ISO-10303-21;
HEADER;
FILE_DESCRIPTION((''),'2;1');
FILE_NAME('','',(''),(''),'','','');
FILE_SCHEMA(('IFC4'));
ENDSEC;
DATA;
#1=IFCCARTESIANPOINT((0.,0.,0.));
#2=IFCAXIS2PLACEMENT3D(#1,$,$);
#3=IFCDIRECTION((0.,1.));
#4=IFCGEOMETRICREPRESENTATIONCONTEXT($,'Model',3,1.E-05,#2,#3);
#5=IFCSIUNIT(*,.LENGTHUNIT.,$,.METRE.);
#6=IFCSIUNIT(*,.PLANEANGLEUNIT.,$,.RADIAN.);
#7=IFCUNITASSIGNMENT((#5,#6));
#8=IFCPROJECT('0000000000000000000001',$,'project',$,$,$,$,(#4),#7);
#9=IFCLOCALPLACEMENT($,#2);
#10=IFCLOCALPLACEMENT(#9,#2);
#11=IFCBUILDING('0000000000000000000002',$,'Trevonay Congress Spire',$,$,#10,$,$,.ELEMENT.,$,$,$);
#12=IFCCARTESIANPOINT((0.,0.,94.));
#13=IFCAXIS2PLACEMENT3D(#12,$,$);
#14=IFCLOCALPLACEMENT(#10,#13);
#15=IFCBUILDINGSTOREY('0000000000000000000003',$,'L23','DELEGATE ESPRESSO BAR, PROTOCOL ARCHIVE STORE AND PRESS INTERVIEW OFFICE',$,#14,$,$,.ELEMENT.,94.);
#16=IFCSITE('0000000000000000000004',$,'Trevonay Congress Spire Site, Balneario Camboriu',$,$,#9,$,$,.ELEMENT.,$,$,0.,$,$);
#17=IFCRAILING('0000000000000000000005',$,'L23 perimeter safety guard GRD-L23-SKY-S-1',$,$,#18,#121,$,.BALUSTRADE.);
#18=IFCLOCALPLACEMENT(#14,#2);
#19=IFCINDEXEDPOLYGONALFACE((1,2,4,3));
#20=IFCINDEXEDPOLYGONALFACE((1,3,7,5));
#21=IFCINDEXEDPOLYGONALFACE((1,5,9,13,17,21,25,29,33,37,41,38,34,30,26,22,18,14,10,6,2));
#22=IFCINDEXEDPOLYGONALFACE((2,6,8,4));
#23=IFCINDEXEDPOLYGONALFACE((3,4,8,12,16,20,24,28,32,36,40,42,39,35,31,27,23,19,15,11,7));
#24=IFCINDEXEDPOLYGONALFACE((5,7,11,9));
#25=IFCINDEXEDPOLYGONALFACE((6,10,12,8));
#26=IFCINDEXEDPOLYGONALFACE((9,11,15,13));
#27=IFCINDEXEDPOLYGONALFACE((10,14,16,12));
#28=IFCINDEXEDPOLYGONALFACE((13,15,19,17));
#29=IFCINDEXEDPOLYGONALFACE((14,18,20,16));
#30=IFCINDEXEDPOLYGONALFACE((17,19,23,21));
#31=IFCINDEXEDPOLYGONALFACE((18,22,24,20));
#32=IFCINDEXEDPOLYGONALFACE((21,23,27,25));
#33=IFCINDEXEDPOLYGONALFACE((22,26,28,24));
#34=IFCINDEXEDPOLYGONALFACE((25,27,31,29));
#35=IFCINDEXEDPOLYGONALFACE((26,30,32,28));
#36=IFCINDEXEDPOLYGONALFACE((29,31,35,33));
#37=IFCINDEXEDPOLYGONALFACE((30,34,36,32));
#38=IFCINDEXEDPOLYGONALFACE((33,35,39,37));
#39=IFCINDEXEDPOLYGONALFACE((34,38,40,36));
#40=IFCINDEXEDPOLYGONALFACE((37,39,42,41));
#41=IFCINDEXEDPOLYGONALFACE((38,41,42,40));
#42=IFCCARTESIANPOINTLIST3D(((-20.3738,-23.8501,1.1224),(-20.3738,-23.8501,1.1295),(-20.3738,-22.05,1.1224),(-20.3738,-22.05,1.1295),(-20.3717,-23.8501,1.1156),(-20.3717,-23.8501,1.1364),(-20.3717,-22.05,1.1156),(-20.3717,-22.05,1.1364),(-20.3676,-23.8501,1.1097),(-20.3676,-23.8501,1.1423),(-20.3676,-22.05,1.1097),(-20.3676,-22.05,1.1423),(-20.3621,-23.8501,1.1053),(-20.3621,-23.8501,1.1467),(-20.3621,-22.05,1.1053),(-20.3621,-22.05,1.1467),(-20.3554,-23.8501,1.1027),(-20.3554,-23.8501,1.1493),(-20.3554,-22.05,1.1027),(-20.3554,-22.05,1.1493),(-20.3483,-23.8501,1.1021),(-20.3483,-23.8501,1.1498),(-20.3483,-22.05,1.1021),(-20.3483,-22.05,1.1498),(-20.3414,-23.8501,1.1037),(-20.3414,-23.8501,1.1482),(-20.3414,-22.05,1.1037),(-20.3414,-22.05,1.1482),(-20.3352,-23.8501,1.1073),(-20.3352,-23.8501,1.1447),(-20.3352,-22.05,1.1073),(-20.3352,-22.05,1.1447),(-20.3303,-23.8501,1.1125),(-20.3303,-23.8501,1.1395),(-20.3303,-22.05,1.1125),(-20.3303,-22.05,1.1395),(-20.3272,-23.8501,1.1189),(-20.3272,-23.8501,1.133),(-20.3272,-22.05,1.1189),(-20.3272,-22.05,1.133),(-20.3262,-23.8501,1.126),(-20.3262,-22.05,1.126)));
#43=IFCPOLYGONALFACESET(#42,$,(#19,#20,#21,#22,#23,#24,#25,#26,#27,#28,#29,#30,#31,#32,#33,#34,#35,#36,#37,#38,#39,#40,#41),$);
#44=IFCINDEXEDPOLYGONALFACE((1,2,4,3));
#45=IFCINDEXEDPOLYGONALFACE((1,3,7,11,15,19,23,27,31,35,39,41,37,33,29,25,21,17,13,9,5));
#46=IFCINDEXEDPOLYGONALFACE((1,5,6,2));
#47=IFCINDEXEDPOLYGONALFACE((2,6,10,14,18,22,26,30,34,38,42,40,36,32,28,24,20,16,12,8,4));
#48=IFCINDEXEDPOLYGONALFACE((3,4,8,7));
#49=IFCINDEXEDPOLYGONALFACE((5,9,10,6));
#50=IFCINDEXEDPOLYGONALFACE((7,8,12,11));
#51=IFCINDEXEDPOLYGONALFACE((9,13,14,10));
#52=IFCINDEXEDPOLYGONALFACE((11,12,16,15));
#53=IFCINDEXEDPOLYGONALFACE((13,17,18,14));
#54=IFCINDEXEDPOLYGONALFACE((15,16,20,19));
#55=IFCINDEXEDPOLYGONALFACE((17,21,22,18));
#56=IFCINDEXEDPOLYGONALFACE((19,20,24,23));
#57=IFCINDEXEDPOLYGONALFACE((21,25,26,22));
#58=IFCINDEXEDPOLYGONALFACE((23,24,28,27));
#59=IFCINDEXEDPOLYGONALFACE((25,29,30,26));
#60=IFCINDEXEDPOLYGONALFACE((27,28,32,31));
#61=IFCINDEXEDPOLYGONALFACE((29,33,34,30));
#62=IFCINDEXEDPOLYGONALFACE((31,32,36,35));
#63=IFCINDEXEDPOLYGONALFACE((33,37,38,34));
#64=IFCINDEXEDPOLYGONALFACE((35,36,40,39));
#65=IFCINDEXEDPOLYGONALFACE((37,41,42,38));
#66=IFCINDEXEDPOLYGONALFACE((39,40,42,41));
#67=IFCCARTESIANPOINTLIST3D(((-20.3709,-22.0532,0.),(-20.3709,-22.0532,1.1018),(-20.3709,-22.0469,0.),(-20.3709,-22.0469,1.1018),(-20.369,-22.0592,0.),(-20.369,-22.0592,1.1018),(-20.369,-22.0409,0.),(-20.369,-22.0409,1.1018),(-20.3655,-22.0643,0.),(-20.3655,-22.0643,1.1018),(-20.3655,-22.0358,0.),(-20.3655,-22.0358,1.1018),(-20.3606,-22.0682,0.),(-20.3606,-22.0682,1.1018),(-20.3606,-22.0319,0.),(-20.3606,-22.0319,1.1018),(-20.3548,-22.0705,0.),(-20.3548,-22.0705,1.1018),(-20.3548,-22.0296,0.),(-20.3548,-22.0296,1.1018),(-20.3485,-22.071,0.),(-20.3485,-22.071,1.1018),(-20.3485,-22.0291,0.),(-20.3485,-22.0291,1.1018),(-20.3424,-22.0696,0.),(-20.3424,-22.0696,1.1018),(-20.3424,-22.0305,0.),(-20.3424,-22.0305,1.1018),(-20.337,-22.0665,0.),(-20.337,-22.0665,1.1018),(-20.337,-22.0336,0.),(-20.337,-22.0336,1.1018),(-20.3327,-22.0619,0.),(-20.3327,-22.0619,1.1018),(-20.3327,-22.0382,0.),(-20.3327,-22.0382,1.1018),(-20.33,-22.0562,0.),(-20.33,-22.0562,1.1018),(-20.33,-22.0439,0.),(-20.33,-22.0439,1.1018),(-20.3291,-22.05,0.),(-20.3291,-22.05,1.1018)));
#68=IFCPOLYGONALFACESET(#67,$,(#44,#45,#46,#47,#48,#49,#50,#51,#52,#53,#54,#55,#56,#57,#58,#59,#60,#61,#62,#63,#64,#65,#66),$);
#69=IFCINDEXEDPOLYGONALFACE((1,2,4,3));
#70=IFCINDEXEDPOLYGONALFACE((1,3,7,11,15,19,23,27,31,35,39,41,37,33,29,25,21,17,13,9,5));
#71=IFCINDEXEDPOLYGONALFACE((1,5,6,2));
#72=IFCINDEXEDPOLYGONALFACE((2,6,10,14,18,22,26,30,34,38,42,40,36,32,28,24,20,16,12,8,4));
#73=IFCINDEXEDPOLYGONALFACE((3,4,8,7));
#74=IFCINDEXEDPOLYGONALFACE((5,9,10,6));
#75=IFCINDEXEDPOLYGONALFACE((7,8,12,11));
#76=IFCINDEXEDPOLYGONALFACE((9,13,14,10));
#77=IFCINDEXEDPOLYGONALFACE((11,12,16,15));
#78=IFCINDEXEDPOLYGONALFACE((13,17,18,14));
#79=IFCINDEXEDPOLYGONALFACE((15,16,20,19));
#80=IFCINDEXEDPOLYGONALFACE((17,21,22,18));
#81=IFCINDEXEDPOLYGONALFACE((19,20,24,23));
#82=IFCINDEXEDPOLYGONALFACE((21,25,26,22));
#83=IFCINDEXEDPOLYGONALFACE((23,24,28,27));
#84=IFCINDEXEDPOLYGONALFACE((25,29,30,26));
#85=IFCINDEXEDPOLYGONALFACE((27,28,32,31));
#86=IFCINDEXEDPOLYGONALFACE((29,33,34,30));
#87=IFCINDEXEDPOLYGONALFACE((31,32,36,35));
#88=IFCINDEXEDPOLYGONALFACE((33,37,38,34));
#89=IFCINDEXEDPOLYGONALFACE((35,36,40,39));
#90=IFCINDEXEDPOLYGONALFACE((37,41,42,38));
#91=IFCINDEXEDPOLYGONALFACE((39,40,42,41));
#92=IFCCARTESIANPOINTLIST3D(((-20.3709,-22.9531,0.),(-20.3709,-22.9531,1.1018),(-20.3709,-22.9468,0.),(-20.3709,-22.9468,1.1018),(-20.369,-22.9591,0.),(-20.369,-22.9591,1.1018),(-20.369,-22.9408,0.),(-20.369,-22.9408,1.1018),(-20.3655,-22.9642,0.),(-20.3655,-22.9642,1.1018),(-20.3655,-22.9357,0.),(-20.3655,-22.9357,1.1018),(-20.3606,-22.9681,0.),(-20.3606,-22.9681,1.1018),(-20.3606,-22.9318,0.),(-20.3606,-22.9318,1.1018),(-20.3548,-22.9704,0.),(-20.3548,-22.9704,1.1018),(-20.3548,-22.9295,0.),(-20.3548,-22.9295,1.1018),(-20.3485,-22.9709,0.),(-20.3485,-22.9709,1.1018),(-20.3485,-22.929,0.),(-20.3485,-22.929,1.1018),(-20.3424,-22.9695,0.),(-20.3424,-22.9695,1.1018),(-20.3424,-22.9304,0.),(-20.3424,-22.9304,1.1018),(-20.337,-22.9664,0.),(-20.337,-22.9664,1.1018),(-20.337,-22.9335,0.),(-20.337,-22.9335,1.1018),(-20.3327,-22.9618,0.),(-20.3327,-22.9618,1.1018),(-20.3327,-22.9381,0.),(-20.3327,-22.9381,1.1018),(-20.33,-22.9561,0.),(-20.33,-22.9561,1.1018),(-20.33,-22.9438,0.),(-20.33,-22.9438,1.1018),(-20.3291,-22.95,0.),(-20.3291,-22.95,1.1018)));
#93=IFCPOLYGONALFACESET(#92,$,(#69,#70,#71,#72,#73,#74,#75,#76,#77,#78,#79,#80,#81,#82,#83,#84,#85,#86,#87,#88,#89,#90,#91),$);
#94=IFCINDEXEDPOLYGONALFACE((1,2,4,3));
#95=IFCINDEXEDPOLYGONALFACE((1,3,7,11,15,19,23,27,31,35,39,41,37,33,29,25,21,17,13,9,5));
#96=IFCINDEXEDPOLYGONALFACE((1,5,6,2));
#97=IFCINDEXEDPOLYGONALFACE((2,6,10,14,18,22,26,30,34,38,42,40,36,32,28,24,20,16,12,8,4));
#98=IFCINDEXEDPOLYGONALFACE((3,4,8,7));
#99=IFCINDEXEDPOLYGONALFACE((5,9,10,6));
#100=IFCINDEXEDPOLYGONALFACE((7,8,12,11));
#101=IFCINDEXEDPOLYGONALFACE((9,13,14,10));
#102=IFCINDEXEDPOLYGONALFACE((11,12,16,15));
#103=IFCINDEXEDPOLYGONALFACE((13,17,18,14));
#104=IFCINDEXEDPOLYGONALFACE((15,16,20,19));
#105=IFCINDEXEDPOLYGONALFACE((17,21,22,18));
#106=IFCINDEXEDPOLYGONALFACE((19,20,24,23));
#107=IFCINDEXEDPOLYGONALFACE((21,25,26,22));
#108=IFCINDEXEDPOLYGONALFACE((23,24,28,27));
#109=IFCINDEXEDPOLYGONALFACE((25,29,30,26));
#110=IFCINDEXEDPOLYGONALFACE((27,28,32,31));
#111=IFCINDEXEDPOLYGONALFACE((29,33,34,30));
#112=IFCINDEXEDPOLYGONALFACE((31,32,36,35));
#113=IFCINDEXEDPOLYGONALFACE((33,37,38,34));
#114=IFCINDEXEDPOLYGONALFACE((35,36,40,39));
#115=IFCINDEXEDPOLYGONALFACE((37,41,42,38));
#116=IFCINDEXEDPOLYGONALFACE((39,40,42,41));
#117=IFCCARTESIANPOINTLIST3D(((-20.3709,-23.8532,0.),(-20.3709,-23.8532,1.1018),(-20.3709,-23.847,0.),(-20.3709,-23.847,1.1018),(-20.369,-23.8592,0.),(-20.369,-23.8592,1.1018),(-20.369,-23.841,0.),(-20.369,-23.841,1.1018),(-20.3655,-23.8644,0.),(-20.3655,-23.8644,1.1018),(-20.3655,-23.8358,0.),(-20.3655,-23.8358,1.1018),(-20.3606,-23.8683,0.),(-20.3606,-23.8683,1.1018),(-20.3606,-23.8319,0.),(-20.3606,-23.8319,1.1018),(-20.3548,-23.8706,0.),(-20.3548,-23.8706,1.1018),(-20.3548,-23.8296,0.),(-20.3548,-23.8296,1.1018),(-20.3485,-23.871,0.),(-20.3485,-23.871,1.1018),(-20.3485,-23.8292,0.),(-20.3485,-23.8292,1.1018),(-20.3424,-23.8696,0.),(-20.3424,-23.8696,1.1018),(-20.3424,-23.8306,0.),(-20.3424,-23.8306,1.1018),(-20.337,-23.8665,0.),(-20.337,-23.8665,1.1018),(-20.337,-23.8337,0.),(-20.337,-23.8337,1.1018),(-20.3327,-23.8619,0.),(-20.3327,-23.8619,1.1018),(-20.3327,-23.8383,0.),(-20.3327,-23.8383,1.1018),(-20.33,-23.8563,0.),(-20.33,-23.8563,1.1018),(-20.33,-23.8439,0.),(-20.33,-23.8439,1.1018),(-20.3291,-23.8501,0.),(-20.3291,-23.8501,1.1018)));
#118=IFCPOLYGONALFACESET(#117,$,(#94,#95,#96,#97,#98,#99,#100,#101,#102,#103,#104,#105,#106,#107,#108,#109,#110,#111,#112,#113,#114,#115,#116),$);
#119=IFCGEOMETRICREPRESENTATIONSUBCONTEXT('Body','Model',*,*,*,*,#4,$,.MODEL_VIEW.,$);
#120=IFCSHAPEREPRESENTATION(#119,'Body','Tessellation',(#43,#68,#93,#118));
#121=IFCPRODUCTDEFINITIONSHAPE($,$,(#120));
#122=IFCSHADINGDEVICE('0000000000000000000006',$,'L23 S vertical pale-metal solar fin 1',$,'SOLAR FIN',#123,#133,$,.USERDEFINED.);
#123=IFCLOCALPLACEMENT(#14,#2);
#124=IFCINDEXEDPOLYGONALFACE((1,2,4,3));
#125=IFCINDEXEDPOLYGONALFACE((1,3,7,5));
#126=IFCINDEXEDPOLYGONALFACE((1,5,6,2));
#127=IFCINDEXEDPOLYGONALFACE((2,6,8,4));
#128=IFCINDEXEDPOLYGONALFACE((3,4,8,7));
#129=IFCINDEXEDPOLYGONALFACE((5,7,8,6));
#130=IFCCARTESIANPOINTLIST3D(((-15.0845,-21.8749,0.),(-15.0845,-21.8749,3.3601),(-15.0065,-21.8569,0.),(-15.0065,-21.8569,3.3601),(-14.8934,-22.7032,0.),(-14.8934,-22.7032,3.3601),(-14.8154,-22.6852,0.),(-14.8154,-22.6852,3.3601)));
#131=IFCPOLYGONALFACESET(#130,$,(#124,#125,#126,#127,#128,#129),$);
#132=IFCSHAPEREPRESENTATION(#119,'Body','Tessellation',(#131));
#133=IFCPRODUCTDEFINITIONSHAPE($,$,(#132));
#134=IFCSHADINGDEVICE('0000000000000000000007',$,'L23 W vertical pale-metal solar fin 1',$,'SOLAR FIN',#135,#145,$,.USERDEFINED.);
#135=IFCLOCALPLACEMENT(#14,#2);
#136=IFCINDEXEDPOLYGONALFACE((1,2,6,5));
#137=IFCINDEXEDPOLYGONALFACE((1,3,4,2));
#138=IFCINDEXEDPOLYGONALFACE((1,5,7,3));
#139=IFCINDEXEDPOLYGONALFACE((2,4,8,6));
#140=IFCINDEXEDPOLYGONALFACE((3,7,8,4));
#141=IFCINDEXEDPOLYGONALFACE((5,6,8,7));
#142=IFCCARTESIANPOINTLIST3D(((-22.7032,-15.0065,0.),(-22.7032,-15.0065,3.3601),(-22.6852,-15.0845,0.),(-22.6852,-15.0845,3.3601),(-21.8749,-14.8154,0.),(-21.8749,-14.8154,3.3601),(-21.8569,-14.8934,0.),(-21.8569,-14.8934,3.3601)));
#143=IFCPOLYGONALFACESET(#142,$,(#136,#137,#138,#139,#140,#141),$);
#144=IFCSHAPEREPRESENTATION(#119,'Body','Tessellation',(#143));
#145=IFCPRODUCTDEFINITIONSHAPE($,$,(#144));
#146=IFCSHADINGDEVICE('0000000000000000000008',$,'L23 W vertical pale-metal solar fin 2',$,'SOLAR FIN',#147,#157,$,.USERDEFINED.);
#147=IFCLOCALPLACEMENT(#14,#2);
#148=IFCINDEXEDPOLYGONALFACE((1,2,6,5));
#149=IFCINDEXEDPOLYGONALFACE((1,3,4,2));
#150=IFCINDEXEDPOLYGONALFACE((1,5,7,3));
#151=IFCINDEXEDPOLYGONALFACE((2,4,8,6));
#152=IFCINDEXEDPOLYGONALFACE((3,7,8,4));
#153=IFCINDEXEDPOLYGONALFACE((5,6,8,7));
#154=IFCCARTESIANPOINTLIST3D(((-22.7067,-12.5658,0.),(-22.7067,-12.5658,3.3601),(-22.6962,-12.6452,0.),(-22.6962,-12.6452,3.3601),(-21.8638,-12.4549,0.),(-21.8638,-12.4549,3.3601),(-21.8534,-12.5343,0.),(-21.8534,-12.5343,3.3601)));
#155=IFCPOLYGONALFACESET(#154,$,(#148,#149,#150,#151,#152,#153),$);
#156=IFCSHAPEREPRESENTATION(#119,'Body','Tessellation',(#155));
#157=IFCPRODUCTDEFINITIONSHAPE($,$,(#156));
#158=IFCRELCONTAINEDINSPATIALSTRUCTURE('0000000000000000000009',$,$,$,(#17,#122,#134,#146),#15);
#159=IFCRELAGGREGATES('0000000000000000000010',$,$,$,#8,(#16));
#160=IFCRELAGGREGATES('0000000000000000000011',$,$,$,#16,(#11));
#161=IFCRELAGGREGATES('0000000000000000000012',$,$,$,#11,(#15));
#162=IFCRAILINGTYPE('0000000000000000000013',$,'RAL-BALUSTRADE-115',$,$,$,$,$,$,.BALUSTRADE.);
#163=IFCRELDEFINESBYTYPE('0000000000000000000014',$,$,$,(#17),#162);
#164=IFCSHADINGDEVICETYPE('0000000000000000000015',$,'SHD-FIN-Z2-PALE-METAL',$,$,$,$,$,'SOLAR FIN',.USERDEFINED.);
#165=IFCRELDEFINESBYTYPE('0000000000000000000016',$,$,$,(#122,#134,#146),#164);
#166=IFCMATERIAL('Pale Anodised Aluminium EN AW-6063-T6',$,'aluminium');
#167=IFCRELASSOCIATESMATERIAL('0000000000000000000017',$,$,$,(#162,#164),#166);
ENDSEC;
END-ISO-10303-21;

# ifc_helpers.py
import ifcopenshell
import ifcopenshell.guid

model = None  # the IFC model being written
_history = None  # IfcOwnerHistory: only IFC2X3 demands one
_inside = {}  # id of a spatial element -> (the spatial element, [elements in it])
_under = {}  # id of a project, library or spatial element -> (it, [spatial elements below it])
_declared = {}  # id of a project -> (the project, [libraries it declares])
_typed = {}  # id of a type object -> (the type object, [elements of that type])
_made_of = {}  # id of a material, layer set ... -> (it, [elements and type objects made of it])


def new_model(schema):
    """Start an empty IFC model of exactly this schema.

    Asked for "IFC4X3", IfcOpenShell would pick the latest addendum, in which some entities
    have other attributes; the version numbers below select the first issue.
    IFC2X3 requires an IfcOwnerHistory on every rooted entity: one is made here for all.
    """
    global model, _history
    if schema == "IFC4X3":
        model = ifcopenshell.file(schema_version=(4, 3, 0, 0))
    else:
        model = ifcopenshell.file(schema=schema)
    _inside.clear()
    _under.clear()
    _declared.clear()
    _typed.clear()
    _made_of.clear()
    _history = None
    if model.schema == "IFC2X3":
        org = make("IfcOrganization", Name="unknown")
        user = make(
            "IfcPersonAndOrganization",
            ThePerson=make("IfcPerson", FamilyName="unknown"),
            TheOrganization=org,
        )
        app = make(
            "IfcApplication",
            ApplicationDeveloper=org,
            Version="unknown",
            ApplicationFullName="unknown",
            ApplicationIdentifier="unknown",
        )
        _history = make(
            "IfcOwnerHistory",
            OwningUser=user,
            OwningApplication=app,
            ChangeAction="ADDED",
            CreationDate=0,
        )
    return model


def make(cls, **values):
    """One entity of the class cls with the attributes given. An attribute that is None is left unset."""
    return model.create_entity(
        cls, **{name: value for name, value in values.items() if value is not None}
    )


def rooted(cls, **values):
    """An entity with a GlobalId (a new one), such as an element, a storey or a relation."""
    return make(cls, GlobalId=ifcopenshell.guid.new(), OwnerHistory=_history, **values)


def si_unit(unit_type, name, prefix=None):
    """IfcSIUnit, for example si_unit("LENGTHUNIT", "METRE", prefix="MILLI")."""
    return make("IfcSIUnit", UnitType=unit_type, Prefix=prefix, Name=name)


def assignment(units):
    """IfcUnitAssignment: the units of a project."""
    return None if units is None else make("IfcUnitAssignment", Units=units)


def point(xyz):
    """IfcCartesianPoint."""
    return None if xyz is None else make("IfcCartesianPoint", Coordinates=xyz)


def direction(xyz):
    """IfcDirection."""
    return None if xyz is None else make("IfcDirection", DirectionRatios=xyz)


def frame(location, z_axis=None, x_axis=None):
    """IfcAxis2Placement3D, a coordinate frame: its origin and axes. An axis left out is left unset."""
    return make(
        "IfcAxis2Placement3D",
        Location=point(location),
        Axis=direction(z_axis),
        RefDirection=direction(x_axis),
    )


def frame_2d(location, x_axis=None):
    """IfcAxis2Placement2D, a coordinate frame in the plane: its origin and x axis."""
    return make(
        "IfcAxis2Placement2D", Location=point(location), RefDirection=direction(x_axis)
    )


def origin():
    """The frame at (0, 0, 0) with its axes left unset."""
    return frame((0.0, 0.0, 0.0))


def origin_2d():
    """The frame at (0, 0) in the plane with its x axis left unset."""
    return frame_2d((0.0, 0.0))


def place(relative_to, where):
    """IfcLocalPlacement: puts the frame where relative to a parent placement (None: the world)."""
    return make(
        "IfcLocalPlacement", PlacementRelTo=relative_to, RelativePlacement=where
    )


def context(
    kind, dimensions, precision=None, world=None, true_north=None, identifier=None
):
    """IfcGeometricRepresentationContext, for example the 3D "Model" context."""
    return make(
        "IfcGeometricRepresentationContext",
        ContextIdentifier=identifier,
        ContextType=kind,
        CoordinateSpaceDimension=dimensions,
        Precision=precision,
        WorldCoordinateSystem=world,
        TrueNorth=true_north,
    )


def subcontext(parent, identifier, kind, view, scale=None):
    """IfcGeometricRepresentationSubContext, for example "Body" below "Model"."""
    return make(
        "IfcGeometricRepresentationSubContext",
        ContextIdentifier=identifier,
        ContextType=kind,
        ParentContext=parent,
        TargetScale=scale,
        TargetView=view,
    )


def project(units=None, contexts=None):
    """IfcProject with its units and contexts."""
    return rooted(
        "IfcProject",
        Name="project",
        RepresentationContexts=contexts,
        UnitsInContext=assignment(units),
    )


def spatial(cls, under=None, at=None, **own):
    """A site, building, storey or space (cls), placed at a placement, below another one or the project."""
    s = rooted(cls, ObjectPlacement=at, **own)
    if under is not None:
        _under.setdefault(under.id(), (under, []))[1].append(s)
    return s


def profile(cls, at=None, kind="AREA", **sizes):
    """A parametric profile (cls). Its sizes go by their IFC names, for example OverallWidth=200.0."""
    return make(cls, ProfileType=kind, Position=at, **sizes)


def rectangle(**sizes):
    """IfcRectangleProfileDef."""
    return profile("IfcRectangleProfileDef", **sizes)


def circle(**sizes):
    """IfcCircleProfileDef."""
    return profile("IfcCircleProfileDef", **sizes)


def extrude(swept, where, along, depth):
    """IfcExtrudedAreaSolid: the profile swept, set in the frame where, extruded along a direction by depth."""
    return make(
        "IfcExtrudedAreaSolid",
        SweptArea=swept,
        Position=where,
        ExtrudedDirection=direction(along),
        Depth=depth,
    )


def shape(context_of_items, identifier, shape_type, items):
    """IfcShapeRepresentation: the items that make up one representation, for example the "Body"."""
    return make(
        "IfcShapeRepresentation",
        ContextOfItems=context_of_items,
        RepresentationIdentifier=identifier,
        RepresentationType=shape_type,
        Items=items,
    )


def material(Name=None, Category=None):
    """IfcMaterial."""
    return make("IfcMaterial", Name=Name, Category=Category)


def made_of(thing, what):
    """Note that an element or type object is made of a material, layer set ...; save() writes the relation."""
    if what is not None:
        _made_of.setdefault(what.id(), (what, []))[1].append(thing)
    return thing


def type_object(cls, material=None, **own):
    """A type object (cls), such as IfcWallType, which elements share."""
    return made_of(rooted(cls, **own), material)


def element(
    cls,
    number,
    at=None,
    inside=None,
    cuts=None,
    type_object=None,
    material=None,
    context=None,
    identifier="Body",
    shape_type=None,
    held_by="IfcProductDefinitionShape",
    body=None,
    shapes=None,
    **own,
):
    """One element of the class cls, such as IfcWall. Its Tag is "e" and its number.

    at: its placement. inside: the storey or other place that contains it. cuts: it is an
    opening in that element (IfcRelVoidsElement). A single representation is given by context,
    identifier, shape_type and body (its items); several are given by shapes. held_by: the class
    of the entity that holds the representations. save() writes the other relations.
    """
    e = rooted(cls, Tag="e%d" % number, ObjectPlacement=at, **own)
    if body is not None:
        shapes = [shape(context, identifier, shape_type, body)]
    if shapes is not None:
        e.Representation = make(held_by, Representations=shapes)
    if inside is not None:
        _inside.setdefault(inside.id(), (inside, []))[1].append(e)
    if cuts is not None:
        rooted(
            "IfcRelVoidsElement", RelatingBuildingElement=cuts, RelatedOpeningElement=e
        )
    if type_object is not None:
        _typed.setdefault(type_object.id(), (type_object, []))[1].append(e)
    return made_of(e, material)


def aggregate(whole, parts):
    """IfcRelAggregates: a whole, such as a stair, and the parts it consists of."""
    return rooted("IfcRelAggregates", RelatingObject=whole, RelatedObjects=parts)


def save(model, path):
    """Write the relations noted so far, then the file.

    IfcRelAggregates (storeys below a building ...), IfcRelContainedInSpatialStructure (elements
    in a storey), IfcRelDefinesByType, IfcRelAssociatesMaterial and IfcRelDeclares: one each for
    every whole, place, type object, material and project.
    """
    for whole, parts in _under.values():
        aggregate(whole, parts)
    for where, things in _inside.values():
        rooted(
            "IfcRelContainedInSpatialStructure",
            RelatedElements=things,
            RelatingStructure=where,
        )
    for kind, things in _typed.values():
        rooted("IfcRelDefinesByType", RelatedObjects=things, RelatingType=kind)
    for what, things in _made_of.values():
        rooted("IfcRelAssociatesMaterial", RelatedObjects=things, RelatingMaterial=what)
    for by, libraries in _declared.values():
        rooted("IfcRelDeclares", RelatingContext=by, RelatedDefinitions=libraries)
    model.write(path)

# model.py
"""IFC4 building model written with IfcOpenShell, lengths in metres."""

from ifc_helpers import new_model, si_unit, direction, frame, origin, origin_2d, place, context, subcontext, project, spatial, rectangle, circle, extrude, material, type_object, element, save


model = new_model("IFC4")

# Units and contexts
model_context = context("Model", 3, precision=1e-05, world=origin(), true_north=direction((0.0, 1.0)))
body_context = subcontext(model_context, "Body", "Model", "MODEL_VIEW")
ifc_project = project(units=[si_unit("LENGTHUNIT", "METRE"), si_unit("PLANEANGLEUNIT", "RADIAN")], contexts=[model_context])

# Site, building, storey
site_placement = place(None, origin())
site = spatial("IfcSite", under=ifc_project, at=site_placement, Name="Trevonay Congress Spire Site, Balneario Camboriu", CompositionType="ELEMENT", RefElevation=0.0)
building_placement = place(site_placement, origin())
building = spatial("IfcBuilding", under=site, at=building_placement, Name="Trevonay Congress Spire", CompositionType="ELEMENT")
storey_placement = place(building_placement, frame((0.0, 0.0, 94.0)))
storey = spatial("IfcBuildingStorey", under=building, at=storey_placement, Name="L23", Description="DELEGATE ESPRESSO BAR, PROTOCOL ARCHIVE STORE AND PRESS INTERVIEW OFFICE", CompositionType="ELEMENT", Elevation=94.0)

# Shared definitions
ifc_material_1 = material(Name="Pale Anodised Aluminium EN AW-6063-T6", Category="aluminium")

# Railing
railing_type = type_object("IfcRailingType", Name="RAL-BALUSTRADE-115", PredefinedType="BALUSTRADE", material=ifc_material_1)
railing_1_placement = place(storey_placement, frame((-20.3501, -22.05, 0.0)))
element("IfcRailing", 1, at=railing_1_placement, inside=storey, type_object=railing_type, Name="L23 perimeter safety guard GRD-L23-SKY-S-1", PredefinedType="BALUSTRADE", context=body_context, shape_type="SweptSolid", body=[
    extrude(circle(Radius=0.0239, at=origin_2d()), frame((0.0, 0.0, 1.126), z_axis=(0.0, -1.0, 0.0), x_axis=(1.0, 0.0, 0.0)), (0.0, 0.0, 1.0), 1.8),
    extrude(circle(Radius=0.021, at=origin_2d()), origin(), (0.0, 0.0, 1.0), 1.1018),
    extrude(circle(Radius=0.021, at=origin_2d()), frame((0.0, -0.8999, 0.0)), (0.0, 0.0, 1.0), 1.1018),
    extrude(circle(Radius=0.021, at=origin_2d()), frame((0.0, -1.8, 0.0)), (0.0, 0.0, 1.0), 1.1018),
])

# Shading devices
shading_device_type = type_object("IfcShadingDeviceType", Name="SHD-FIN-Z2-PALE-METAL", ElementType="SOLAR FIN", PredefinedType="USERDEFINED", material=ifc_material_1)
for number, where, z_axis, x_axis, name in (
    (2, (-14.95, -22.28, 0.0), (0.0, 0.0, 1.0), (0.974409, 0.224781, 0.0), "L23 S vertical pale-metal solar fin 1"),
    (3, (-22.28, -14.95, 0.0), (0.0, 0.0, 1.0), (-0.224781, 0.974409, 0.0), "L23 W vertical pale-metal solar fin 1"),
    (4, (-22.28, -12.55, 0.0), (0.0, 0.0, 1.0), (-0.130526, 0.991445, 0.0), "L23 W vertical pale-metal solar fin 2"),
):
    element("IfcShadingDevice", number, at=place(storey_placement, frame(where, z_axis=z_axis, x_axis=x_axis)), inside=storey, type_object=shading_device_type, Name=name, ObjectType="SOLAR FIN", PredefinedType="USERDEFINED", context=body_context, shape_type="SweptSolid", body=[
        extrude(rectangle(XDim=0.0801, YDim=0.8501, at=origin_2d()), origin(), (0.0, 0.0, 1.0), 3.3601),
    ])

save(model, "model.ifc")
